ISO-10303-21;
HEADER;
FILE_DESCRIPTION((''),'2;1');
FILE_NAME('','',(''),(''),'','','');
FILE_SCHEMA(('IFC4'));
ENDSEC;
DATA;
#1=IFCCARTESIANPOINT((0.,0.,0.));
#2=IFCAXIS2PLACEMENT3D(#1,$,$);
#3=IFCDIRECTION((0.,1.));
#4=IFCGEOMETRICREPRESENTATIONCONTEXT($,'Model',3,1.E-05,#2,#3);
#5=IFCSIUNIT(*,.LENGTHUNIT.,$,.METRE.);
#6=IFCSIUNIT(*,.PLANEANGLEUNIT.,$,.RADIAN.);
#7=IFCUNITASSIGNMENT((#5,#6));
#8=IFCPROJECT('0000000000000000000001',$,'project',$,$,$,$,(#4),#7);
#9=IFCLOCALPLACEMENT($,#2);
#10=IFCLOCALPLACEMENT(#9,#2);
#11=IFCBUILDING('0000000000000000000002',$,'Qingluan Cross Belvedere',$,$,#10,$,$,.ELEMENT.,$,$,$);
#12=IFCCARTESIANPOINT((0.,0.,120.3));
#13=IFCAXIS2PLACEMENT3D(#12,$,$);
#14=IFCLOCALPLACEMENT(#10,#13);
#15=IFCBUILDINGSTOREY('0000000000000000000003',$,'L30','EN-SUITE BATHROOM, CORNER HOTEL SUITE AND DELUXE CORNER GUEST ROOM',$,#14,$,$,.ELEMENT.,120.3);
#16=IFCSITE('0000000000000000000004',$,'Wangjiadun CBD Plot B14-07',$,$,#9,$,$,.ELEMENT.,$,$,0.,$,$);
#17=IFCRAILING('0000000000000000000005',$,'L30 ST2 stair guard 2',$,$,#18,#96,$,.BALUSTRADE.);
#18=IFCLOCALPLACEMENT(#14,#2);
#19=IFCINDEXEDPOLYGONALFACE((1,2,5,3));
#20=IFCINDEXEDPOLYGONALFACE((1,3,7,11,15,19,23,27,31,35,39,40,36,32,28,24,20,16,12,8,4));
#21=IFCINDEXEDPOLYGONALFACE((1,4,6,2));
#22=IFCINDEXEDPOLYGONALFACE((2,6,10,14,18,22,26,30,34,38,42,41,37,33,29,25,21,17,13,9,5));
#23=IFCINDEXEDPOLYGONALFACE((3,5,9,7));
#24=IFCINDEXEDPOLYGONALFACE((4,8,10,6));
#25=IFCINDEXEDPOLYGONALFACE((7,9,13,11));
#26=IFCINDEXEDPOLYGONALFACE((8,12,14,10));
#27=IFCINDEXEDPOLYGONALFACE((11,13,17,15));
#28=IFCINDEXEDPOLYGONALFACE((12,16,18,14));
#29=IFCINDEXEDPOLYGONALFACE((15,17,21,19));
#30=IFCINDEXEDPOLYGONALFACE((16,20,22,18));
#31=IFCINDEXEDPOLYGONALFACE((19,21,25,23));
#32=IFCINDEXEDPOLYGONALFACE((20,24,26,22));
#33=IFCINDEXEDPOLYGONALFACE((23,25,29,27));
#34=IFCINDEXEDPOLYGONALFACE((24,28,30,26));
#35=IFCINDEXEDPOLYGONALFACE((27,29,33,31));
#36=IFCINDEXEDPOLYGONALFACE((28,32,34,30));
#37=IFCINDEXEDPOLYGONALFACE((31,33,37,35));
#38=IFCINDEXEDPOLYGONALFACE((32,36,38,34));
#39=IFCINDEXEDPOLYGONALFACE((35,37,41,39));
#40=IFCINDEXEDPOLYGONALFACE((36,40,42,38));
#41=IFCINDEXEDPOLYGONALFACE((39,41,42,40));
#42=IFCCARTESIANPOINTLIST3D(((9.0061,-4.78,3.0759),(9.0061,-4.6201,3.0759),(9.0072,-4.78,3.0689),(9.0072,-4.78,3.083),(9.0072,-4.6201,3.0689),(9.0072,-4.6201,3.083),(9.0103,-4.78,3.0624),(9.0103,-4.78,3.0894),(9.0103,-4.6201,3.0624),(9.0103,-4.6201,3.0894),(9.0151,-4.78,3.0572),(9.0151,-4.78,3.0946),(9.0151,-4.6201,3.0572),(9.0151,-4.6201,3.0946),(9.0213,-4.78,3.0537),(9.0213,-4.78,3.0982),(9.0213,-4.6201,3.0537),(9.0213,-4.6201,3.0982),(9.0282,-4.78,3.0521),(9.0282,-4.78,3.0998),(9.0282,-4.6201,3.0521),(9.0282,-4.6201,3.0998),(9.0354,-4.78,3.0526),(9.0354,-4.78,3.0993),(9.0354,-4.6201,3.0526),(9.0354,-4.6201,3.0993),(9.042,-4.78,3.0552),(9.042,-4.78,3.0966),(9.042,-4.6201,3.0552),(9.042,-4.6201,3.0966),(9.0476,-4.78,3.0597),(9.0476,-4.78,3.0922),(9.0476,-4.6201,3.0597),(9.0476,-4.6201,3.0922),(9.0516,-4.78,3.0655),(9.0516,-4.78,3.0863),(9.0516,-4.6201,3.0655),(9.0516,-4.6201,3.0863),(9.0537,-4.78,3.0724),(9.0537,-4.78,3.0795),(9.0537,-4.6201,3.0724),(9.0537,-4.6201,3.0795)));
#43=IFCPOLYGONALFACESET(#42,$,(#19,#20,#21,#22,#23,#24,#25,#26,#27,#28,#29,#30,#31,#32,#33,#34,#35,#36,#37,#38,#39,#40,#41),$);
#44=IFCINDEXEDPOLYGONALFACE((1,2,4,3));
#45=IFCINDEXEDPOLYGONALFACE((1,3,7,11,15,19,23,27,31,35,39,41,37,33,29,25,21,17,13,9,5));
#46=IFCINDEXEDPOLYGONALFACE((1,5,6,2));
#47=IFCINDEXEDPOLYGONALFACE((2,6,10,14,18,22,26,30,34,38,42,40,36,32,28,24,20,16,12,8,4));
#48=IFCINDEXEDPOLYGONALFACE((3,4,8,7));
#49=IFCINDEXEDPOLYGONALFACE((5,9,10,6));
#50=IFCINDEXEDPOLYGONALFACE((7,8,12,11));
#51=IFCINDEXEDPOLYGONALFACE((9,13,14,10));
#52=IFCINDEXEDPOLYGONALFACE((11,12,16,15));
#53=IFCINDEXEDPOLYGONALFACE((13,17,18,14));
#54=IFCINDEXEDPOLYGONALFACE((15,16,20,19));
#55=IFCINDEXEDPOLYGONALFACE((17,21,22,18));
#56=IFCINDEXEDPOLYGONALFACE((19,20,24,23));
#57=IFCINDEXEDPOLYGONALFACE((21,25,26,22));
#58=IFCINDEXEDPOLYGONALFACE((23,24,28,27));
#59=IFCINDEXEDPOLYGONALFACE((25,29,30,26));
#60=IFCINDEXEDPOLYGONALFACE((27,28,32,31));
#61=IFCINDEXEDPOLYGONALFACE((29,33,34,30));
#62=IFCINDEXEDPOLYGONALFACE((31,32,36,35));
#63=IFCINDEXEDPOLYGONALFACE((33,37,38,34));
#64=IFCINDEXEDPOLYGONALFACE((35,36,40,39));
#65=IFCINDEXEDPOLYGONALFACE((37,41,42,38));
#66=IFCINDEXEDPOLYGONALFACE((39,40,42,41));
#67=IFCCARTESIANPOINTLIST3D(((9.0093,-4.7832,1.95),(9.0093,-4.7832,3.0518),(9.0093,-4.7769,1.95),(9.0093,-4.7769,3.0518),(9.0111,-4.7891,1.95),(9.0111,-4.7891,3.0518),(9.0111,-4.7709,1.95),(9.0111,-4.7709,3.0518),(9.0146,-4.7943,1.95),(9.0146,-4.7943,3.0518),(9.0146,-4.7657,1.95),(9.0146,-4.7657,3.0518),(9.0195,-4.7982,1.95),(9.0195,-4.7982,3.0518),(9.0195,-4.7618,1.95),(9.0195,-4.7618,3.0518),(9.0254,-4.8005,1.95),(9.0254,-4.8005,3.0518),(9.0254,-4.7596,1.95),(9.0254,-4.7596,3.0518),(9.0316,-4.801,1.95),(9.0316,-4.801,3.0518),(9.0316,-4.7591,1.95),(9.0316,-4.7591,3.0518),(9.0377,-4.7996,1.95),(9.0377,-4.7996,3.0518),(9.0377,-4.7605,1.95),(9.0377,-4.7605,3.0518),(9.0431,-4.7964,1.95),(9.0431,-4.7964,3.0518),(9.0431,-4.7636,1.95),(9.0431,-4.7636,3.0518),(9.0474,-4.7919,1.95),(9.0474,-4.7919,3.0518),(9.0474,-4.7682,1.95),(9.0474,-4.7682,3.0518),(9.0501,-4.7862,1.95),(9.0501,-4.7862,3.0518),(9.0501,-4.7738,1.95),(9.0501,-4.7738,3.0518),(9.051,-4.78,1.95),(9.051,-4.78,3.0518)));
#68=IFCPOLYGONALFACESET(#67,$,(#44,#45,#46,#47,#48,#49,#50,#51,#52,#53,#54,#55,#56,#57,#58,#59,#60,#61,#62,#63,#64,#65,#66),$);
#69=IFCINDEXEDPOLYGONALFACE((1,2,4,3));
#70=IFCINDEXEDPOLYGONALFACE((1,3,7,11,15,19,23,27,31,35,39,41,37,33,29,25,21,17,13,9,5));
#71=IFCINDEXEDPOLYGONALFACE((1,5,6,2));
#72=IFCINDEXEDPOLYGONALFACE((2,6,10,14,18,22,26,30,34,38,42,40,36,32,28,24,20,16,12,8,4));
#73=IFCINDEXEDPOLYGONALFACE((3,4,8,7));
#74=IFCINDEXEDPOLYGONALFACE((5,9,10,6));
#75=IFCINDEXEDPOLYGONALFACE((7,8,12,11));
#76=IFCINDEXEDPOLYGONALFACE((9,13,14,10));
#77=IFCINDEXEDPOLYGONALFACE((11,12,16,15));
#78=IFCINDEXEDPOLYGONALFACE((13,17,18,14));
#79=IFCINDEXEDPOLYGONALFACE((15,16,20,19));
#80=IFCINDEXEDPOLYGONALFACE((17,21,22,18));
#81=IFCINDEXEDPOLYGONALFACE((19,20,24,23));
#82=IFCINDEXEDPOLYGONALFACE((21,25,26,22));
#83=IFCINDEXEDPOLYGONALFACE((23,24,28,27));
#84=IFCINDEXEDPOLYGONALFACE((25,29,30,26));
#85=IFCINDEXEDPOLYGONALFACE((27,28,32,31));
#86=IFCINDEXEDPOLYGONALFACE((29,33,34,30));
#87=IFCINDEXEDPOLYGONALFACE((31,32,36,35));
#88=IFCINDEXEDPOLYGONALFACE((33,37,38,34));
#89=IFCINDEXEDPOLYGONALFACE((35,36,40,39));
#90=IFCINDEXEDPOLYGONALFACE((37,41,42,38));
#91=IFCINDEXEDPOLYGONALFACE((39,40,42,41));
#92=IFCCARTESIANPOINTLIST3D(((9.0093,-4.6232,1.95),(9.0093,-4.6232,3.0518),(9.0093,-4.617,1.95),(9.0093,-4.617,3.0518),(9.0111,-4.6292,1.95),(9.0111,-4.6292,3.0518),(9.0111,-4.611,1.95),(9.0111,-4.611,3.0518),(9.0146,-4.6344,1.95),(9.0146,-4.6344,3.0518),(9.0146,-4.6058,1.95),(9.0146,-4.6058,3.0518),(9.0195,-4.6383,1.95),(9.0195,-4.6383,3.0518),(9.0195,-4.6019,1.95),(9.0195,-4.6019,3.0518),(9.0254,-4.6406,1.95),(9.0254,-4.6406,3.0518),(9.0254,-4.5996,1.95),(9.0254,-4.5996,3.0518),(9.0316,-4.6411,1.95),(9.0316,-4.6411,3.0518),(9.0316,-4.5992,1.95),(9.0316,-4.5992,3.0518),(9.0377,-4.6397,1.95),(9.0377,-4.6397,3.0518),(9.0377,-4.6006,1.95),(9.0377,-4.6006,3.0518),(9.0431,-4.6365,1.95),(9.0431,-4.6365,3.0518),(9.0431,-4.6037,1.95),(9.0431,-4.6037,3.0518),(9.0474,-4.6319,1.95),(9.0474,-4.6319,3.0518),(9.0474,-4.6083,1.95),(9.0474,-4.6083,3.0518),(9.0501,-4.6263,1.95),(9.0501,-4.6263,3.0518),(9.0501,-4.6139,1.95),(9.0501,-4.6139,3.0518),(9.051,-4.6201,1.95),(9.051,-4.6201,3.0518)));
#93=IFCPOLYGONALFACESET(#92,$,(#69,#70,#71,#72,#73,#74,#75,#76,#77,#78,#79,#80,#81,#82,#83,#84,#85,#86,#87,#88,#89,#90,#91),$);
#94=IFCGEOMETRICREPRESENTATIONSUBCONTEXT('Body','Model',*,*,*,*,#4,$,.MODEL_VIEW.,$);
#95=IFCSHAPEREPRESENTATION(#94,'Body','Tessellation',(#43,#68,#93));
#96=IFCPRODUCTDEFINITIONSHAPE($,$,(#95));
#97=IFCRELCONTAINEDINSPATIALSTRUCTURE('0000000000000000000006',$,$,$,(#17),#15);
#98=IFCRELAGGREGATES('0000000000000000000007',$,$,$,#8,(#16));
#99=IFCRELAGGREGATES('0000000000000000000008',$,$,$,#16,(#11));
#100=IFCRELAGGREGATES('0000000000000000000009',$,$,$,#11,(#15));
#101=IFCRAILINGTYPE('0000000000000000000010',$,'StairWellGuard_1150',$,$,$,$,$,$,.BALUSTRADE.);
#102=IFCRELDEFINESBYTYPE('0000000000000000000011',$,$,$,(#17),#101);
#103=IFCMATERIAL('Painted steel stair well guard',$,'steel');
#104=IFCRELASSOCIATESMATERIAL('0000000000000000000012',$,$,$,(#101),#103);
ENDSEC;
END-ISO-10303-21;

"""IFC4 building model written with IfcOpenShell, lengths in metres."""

from ifc_helpers import new_model, si_unit, direction, frame, origin, origin_2d, place, context, subcontext, project, spatial, circle, extrude, material, type_object, element, save


model = new_model("IFC4")

# Units and contexts
model_context = context("Model", 3, precision=1e-05, world=origin(), true_north=direction((0.0, 1.0)))
body_context = subcontext(model_context, "Body", "Model", "MODEL_VIEW")
ifc_project = project(units=[si_unit("LENGTHUNIT", "METRE"), si_unit("PLANEANGLEUNIT", "RADIAN")], contexts=[model_context])

# Site, building, storey
site_placement = place(None, origin())
site = spatial("IfcSite", under=ifc_project, at=site_placement, Name="Wangjiadun CBD Plot B14-07", CompositionType="ELEMENT", RefElevation=0.0)
building_placement = place(site_placement, origin())
building = spatial("IfcBuilding", under=site, at=building_placement, Name="Qingluan Cross Belvedere", CompositionType="ELEMENT")
storey_placement = place(building_placement, frame((0.0, 0.0, 120.3)))
storey = spatial("IfcBuildingStorey", under=building, at=storey_placement, Name="L30", Description="EN-SUITE BATHROOM, CORNER HOTEL SUITE AND DELUXE CORNER GUEST ROOM", CompositionType="ELEMENT", Elevation=120.3)

# Railing
ifc_material_1 = material(Name="Painted steel stair well guard", Category="steel")
railing_type_1 = type_object("IfcRailingType", Name="StairWellGuard_1150", PredefinedType="BALUSTRADE", material=ifc_material_1)
railing_1_placement = place(storey_placement, frame((9.03, -4.78, 1.95)))
element("IfcRailing", 1, at=railing_1_placement, inside=storey, type_object=railing_type_1, Name="L30 ST2 stair guard 2", PredefinedType="BALUSTRADE", context=body_context, shape_type="SweptSolid", body=[
    extrude(circle(Radius=0.0239, at=origin_2d()), frame((0.0, 0.0, 1.126), z_axis=(0.0, 1.0, 0.0), x_axis=(-1.0, 0.0, 0.0)), (0.0, 0.0, 1.0), 0.1599),
    extrude(circle(Radius=0.021, at=origin_2d()), origin(), (0.0, 0.0, 1.0), 1.1018),
    extrude(circle(Radius=0.021, at=origin_2d()), frame((0.0, 0.1599, 0.0)), (0.0, 0.0, 1.0), 1.1018),
])

save(model, "model.ifc")
